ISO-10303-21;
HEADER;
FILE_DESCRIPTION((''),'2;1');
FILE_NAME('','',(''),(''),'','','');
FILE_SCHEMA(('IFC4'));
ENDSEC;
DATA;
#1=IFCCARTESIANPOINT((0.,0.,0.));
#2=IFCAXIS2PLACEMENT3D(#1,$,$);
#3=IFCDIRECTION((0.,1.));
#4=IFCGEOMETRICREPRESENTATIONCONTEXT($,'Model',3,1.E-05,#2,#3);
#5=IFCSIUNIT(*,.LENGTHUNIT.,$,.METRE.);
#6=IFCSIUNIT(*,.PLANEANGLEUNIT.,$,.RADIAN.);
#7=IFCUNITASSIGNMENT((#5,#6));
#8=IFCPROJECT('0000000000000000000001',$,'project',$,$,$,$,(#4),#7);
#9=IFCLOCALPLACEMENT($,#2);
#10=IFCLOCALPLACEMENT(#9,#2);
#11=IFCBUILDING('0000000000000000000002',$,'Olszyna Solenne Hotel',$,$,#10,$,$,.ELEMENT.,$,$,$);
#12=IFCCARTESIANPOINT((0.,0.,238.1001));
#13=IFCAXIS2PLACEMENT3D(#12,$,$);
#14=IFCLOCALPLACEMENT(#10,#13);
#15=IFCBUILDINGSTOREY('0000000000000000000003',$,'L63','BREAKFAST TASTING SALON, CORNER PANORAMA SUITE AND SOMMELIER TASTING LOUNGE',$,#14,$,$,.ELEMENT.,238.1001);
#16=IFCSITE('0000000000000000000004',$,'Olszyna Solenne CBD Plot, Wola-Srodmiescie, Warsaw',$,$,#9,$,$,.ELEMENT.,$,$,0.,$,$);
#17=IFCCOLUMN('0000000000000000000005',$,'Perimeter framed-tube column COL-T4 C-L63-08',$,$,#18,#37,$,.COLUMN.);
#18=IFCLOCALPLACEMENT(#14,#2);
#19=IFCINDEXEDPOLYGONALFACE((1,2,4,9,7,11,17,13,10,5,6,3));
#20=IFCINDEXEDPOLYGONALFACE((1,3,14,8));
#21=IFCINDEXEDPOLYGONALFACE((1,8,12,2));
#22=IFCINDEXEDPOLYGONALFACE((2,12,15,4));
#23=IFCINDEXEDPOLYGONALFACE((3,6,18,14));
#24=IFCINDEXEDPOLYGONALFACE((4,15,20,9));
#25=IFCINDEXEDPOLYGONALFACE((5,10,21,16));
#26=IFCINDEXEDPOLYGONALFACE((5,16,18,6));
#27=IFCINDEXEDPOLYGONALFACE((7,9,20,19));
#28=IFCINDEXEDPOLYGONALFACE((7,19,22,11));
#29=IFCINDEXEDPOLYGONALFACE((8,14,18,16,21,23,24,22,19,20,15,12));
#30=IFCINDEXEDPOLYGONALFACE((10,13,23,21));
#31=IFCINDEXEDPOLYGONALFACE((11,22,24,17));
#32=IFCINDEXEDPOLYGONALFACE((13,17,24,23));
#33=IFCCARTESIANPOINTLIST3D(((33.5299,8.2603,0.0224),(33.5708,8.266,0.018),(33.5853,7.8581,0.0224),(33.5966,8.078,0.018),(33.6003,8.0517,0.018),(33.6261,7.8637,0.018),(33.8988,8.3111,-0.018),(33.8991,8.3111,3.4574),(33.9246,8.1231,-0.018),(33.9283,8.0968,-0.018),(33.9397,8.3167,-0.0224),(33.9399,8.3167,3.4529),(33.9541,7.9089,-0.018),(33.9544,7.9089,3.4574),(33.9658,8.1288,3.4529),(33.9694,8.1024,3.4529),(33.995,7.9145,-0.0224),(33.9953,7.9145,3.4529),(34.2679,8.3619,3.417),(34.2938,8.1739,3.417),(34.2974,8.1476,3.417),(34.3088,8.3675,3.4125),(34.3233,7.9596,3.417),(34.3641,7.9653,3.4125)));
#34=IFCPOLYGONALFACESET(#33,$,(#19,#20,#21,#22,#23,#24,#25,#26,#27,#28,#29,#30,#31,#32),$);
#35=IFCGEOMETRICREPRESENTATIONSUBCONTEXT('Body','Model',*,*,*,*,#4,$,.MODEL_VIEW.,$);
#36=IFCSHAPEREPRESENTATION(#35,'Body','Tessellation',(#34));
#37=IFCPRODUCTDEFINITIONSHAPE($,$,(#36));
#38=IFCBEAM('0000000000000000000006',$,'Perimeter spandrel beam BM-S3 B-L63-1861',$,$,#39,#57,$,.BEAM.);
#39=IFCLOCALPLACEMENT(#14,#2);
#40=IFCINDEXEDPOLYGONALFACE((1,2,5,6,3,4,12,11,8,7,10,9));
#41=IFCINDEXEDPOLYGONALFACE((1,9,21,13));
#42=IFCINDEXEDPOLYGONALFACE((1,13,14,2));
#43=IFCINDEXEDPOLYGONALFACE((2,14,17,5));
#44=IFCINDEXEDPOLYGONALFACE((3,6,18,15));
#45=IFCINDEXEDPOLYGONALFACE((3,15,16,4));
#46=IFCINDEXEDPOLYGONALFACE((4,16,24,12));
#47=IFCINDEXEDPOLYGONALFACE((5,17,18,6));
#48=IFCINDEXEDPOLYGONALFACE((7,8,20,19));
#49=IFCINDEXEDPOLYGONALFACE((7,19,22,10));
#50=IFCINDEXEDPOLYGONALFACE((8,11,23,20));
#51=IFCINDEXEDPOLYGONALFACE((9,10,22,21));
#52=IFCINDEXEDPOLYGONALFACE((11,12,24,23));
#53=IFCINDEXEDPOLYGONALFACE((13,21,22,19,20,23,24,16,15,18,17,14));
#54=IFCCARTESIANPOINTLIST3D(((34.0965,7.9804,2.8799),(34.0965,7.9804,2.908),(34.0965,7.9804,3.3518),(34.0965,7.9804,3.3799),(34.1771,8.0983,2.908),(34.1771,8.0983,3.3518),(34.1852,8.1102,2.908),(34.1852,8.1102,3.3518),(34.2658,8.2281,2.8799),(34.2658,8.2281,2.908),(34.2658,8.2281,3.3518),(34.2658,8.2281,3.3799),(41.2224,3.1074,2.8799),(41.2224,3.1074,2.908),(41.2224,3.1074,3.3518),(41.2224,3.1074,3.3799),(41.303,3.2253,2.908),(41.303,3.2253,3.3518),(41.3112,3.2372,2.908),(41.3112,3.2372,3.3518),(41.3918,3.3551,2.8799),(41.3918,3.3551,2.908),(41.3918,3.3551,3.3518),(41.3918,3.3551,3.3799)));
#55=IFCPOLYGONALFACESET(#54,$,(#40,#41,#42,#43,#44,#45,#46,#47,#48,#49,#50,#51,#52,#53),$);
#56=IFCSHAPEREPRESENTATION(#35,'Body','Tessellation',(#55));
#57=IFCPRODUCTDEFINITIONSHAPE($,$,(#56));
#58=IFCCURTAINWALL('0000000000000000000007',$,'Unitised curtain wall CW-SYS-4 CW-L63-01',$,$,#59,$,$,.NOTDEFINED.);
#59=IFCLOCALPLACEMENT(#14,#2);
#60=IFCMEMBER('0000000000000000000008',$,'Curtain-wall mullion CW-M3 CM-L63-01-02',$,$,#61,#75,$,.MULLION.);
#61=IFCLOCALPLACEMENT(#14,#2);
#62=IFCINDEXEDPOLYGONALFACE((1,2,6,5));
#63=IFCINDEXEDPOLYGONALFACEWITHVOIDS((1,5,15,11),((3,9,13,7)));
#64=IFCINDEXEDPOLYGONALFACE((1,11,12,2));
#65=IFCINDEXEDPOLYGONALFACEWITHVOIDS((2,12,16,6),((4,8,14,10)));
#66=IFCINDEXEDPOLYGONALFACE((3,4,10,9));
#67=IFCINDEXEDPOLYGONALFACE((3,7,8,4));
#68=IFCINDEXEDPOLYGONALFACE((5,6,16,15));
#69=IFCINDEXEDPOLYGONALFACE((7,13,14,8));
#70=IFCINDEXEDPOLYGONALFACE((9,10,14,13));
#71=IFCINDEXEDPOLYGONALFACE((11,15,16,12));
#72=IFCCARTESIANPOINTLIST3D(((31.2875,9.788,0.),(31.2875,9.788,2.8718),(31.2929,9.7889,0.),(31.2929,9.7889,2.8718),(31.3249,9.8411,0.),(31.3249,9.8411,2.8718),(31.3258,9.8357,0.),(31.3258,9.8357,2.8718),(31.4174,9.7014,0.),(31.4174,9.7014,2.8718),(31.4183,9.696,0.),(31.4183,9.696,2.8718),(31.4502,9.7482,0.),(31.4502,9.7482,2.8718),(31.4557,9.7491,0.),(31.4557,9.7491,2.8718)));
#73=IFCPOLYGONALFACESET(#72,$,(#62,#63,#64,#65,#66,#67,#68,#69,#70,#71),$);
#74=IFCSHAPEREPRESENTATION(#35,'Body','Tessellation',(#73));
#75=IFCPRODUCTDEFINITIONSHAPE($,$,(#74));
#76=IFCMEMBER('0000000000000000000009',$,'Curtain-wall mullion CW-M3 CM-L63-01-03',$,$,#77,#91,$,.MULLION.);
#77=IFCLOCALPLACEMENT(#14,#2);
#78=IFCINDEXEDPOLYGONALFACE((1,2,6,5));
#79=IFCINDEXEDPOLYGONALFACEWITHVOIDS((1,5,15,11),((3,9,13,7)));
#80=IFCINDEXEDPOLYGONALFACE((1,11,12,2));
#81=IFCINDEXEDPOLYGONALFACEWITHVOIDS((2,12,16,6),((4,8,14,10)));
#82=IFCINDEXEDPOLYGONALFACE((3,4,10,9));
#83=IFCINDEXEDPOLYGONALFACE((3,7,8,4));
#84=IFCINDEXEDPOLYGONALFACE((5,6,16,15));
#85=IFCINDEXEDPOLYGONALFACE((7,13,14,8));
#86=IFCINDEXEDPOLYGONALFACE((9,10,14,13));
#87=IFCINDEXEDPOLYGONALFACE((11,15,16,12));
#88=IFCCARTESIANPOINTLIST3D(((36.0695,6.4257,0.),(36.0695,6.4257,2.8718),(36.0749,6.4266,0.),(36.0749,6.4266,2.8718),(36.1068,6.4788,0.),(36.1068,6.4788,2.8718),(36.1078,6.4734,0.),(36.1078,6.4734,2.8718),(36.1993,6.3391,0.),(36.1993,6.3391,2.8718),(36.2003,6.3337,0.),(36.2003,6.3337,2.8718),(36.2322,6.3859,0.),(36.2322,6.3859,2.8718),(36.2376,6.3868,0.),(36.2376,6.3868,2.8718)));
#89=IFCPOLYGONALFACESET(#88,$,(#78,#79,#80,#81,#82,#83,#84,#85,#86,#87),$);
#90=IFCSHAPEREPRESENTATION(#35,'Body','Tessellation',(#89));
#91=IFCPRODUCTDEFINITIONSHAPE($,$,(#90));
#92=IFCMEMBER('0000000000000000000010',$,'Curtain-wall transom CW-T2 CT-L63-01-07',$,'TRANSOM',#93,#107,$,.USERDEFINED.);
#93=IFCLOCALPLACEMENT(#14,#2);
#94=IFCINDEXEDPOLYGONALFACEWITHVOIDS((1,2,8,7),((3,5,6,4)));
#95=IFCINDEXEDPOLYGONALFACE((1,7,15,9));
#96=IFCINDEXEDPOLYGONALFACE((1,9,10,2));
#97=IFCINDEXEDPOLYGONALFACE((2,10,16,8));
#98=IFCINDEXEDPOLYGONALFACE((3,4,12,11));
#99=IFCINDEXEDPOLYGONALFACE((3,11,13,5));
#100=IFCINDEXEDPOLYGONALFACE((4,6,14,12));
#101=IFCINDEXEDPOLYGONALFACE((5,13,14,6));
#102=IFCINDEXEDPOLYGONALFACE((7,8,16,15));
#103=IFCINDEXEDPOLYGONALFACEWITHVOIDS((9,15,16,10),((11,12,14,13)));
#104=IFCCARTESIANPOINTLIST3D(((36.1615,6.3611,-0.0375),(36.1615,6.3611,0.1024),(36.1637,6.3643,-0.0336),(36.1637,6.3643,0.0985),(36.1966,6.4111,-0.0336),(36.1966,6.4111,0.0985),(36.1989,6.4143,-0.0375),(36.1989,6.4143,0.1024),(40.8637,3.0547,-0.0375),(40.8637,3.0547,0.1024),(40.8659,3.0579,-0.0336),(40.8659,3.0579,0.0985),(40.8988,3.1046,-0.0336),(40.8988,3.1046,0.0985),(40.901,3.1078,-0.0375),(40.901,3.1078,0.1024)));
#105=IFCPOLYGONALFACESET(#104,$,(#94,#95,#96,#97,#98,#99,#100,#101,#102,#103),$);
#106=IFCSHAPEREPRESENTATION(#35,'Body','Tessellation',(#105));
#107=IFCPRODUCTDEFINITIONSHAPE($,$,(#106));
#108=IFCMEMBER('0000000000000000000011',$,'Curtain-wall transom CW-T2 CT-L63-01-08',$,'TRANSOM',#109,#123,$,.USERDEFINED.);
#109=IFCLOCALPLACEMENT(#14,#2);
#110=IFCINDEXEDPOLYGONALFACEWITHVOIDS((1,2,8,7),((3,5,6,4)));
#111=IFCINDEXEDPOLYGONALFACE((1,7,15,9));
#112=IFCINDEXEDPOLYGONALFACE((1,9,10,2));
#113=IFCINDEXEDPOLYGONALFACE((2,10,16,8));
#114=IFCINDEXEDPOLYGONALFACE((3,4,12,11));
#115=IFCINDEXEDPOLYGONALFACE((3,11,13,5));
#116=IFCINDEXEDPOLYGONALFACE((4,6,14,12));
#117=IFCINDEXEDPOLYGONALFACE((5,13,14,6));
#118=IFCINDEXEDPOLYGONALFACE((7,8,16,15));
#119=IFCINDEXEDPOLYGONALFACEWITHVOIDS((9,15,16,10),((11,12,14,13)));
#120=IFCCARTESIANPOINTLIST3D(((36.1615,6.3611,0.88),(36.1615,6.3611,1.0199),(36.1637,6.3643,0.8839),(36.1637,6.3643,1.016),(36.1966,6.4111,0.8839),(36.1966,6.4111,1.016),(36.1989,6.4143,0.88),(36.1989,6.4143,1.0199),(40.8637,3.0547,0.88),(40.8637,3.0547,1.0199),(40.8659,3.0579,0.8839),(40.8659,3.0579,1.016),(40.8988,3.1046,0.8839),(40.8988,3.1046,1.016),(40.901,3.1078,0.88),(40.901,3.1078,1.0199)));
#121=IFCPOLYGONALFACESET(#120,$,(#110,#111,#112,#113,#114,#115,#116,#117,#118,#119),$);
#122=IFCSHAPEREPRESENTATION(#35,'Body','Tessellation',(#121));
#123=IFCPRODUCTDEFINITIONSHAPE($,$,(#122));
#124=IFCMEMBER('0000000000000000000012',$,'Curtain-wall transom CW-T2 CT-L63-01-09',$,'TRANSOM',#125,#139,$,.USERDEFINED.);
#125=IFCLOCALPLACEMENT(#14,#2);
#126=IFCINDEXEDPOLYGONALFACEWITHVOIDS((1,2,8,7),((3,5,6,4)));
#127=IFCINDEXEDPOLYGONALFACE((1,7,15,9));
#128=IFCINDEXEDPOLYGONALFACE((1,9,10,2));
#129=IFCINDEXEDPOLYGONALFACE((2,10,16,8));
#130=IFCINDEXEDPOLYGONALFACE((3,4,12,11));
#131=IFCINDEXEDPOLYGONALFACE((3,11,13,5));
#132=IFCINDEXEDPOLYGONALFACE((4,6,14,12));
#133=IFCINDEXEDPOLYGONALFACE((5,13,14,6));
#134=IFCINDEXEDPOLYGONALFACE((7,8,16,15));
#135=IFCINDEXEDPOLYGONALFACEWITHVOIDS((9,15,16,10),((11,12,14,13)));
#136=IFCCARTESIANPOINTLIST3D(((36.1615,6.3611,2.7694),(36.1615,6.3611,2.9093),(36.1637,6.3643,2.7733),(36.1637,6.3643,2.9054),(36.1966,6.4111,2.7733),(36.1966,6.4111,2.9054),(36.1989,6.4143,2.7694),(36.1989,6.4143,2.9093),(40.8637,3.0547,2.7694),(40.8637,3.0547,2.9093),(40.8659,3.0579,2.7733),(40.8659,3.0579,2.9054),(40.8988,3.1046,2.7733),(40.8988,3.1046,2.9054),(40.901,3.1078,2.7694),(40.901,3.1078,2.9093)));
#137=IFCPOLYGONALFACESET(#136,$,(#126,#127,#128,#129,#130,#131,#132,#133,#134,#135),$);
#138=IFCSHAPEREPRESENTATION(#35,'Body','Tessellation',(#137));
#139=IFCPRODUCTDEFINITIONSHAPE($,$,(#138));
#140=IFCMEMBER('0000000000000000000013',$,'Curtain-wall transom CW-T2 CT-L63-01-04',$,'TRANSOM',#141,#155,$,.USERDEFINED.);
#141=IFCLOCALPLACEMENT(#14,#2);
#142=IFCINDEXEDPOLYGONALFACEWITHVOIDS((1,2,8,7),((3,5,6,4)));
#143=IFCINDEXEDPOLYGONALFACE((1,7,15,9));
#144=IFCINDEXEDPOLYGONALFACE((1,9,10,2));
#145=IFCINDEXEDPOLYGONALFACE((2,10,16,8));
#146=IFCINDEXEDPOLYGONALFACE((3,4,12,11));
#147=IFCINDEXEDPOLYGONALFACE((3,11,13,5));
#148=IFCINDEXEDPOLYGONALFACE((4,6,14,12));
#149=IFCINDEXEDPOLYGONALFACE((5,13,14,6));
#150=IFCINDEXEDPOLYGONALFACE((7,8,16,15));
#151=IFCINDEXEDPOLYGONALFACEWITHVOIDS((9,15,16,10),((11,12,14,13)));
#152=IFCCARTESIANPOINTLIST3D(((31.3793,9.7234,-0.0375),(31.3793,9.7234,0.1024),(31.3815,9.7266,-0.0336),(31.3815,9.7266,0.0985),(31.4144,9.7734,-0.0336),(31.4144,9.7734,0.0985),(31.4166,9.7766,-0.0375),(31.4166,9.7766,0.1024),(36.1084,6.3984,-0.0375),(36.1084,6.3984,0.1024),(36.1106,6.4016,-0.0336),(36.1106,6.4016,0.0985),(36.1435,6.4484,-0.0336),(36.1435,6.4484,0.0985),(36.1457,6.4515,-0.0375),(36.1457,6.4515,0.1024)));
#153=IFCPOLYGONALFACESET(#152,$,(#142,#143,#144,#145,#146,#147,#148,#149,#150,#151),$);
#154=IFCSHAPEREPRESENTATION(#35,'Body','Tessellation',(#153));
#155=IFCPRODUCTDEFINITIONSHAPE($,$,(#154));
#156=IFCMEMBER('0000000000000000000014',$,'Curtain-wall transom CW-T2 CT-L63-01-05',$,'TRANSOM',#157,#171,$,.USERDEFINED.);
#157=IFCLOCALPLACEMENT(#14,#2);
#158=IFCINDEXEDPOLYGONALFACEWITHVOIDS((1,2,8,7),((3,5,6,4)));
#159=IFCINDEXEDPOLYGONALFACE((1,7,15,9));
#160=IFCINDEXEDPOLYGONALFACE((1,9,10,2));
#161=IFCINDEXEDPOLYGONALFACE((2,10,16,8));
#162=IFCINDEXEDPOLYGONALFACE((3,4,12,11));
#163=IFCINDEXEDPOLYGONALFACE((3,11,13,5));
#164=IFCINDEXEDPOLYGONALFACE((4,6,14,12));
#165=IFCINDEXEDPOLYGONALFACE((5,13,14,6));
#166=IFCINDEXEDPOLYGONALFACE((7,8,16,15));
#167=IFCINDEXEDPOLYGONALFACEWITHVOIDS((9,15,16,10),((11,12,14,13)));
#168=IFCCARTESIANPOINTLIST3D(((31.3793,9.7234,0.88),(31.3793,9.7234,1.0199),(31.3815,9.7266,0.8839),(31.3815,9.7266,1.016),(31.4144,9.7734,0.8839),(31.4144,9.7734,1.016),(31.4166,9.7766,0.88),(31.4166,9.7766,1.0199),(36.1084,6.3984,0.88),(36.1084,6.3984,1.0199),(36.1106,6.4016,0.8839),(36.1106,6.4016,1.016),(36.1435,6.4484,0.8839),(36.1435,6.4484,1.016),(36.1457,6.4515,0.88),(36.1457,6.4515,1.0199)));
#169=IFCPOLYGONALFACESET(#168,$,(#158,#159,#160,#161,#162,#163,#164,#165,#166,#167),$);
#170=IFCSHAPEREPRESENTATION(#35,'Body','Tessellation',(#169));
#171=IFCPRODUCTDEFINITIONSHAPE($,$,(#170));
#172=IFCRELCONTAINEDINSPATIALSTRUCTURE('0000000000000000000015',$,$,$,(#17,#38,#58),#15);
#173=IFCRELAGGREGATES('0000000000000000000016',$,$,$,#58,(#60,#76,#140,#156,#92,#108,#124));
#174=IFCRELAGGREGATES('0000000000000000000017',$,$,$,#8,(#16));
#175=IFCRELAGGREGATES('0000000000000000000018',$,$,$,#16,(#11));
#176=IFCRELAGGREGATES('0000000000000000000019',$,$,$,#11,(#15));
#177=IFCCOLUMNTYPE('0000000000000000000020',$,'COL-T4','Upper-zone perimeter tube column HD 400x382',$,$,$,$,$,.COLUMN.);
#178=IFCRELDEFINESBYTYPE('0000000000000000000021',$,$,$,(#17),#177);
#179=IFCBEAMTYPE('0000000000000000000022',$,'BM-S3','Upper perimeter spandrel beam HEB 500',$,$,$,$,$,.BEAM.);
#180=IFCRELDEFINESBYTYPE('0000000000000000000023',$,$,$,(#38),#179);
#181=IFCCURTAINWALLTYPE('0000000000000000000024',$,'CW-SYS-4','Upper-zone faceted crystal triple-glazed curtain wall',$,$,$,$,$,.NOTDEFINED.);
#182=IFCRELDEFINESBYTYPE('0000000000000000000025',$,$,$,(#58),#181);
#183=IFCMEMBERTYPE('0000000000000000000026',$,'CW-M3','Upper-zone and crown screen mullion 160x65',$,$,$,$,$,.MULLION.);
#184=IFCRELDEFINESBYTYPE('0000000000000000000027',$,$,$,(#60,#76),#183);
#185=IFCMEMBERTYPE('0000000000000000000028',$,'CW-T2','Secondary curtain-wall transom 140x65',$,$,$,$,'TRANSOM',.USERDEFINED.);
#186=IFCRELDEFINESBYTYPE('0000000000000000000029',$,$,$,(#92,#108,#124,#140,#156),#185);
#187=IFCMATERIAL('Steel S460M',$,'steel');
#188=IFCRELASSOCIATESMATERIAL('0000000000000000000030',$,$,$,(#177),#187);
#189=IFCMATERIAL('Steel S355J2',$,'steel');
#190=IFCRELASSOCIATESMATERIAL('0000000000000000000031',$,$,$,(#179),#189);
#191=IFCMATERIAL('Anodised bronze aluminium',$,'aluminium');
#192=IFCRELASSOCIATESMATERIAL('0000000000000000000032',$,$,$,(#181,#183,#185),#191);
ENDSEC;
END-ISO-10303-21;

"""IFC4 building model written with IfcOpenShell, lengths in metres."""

from ifc_helpers import new_model, si_unit, direction, frame, origin, origin_2d, place, context, subcontext, project, spatial, hollow_rectangle, i_section, extrude, source, transform, mapped, material, material_profile, profile_set, type_object, element, aggregate, save


model = new_model("IFC4")

# Units and contexts
model_context = context("Model", 3, precision=1e-05, world=origin(), true_north=direction((0.0, 1.0)))
body_context = subcontext(model_context, "Body", "Model", "MODEL_VIEW")
ifc_project = project(units=[si_unit("LENGTHUNIT", "METRE"), si_unit("PLANEANGLEUNIT", "RADIAN")], contexts=[model_context])

# Site, building, storey
site_placement = place(None, origin())
site = spatial("IfcSite", under=ifc_project, at=site_placement, Name="Olszyna Solenne CBD Plot, Wola-Srodmiescie, Warsaw", CompositionType="ELEMENT", RefElevation=0.0)
building_placement = place(site_placement, origin())
building = spatial("IfcBuilding", under=site, at=building_placement, Name="Olszyna Solenne Hotel", CompositionType="ELEMENT")
storey_placement = place(building_placement, frame((0.0, 0.0, 238.1001)))
storey = spatial("IfcBuildingStorey", under=building, at=storey_placement, Name="L63", Description="BREAKFAST TASTING SALON, CORNER PANORAMA SUITE AND SOMMELIER TASTING LOUNGE", CompositionType="ELEMENT", Elevation=238.1001)

# Column
ifc_material_1 = material(Name="Steel S460M", Category="steel")
ifc_material_profile_1 = material_profile(ifc_material_1, i_section(OverallWidth=0.406, OverallDepth=0.416, WebThickness=0.0266, FlangeThickness=0.0415, at=origin_2d()), Name="HD 400x382", Category="load-bearing")
ifc_profile_set_1 = profile_set([ifc_material_profile_1], Name="Steel S460M")
column_type = type_object("IfcColumnType", Name="COL-T4", Description="Upper-zone perimeter tube column HD 400x382", PredefinedType="COLUMN", material=ifc_profile_set_1)
shared_shape_1 = source(origin(), body_context, "Body", "SweptSolid", [
    extrude(i_section(OverallWidth=0.406, OverallDepth=0.416, WebThickness=0.0266, FlangeThickness=0.0415, at=origin_2d()), origin(), (0.0, 0.0, 1.0), 3.4551),
])
column_placement = place(storey_placement, frame((33.7625, 8.0874, 0.0), z_axis=(0.106843, 0.014698, 0.994167), x_axis=(-0.136283, 0.99067, 0.0)))
element("IfcColumn", 1, at=column_placement, inside=storey, type_object=column_type, Name="Perimeter framed-tube column COL-T4 C-L63-08", PredefinedType="COLUMN", context=body_context, shape_type="MappedRepresentation", body=[
    mapped(shared_shape_1, transform((0.0, 0.0, 0.0), x_axis=(1.0, 0.0, 0.0), y_axis=(0.0, 1.0, 0.0), z_axis=(0.0, 0.0, 1.0), scale=1.0)),
])

# Beam
ifc_material_2 = material(Name="Steel S355J2", Category="steel")
ifc_material_profile_2 = material_profile(ifc_material_2, i_section(OverallWidth=0.3, OverallDepth=0.5, WebThickness=0.0144, FlangeThickness=0.0281, at=origin_2d()), Name="HEB 500", Category="load-bearing")
ifc_profile_set_2 = profile_set([ifc_material_profile_2], Name="Steel S355J2")
beam_type_1 = type_object("IfcBeamType", Name="BM-S3", Description="Upper perimeter spandrel beam HEB 500", PredefinedType="BEAM", material=ifc_profile_set_2)
shared_shape_2 = source(origin(), body_context, "Body", "SweptSolid", [
    extrude(i_section(OverallWidth=0.3, OverallDepth=0.5, WebThickness=0.0144, FlangeThickness=0.0281, at=origin_2d()), origin(), (0.0, 0.0, 1.0), 8.6328),
])
beam_1_placement = place(storey_placement, frame((34.1812, 8.1042, 3.1299), z_axis=(0.825449, -0.564477, 0.0), x_axis=(0.564477, 0.825449, 0.0)))
element("IfcBeam", 2, at=beam_1_placement, inside=storey, type_object=beam_type_1, Name="Perimeter spandrel beam BM-S3 B-L63-1861", PredefinedType="BEAM", context=body_context, shape_type="MappedRepresentation", body=[
    mapped(shared_shape_2, transform((0.0, 0.0, 0.0), x_axis=(1.0, 0.0, 0.0), y_axis=(0.0, 1.0, 0.0), z_axis=(0.0, 0.0, 1.0), scale=1.0)),
])

# Curtain wall, members
ifc_material_3 = material(Name="Anodised bronze aluminium", Category="aluminium")
curtain_wall_type = type_object("IfcCurtainWallType", Name="CW-SYS-4", Description="Upper-zone faceted crystal triple-glazed curtain wall", PredefinedType="NOTDEFINED", material=ifc_material_3)
curtain_wall_placement = place(storey_placement, origin())
curtain_wall = element("IfcCurtainWall", 3, at=curtain_wall_placement, inside=storey, type_object=curtain_wall_type, Name="Unitised curtain wall CW-SYS-4 CW-L63-01", PredefinedType="NOTDEFINED")
ifc_material_profile_3 = material_profile(ifc_material_3, hollow_rectangle(XDim=0.0649, YDim=0.1599, WallThickness=0.0039, at=origin_2d()), Name="MULL 160x65x4", Category="load-bearing")
ifc_profile_set_3 = profile_set([ifc_material_profile_3], Name="Anodised bronze aluminium")
member_type_1 = type_object("IfcMemberType", Name="CW-M3", Description="Upper-zone and crown screen mullion 160x65", PredefinedType="MULLION", material=ifc_profile_set_3)
shared_shape_3 = source(origin(), body_context, "Body", "SweptSolid", [
    extrude(hollow_rectangle(XDim=0.0649, YDim=0.1599, WallThickness=0.0039, at=origin_2d()), origin(), (0.0, 0.0, 1.0), 2.8718),
])
member_1_placement = place(storey_placement, frame((31.3716, 9.7686, 0.0), z_axis=(0.0, 0.0, 1.0), x_axis=(0.575174, 0.818031, 0.0)))
member_1 = element("IfcMember", 4, at=member_1_placement, type_object=member_type_1, Name="Curtain-wall mullion CW-M3 CM-L63-01-02", PredefinedType="MULLION", context=body_context, shape_type="MappedRepresentation", body=[
    mapped(shared_shape_3, transform((0.0, 0.0, 0.0), x_axis=(1.0, 0.0, 0.0), y_axis=(0.0, 1.0, 0.0), z_axis=(0.0, 0.0, 1.0), scale=1.0)),
])
member_2_placement = place(storey_placement, frame((36.1536, 6.4062, 0.0), z_axis=(0.0, 0.0, 1.0), x_axis=(0.575174, 0.818031, 0.0)))
member_2 = element("IfcMember", 5, at=member_2_placement, type_object=member_type_1, Name="Curtain-wall mullion CW-M3 CM-L63-01-03", PredefinedType="MULLION", context=body_context, shape_type="MappedRepresentation", body=[
    mapped(shared_shape_3, transform((0.0, 0.0, 0.0), x_axis=(1.0, 0.0, 0.0), y_axis=(0.0, 1.0, 0.0), z_axis=(0.0, 0.0, 1.0), scale=1.0)),
])
ifc_material_profile_4 = material_profile(ifc_material_3, hollow_rectangle(XDim=0.0649, YDim=0.1399, WallThickness=0.0039, at=origin_2d()), Name="TRAN 140x65x4", Category="load-bearing")
ifc_profile_set_4 = profile_set([ifc_material_profile_4], Name="Anodised bronze aluminium")
member_type_2 = type_object("IfcMemberType", Name="CW-T2", Description="Secondary curtain-wall transom 140x65", ElementType="TRANSOM", PredefinedType="USERDEFINED", material=ifc_profile_set_4)
shared_shape_4 = source(origin(), body_context, "Body", "SweptSolid", [
    extrude(hollow_rectangle(XDim=0.0649, YDim=0.1399, WallThickness=0.0039, at=origin_2d()), origin(), (0.0, 0.0, 1.0), 5.7483),
])
member_3_placement = place(storey_placement, frame((36.1802, 6.3877, 0.0325), z_axis=(0.818013, -0.5752, 0.0), x_axis=(0.5752, 0.818013, 0.0)))
member_3 = element("IfcMember", 6, at=member_3_placement, type_object=member_type_2, Name="Curtain-wall transom CW-T2 CT-L63-01-07", ObjectType="TRANSOM", PredefinedType="USERDEFINED", context=body_context, shape_type="MappedRepresentation", body=[
    mapped(shared_shape_4, transform((0.0, 0.0, 0.0), x_axis=(1.0, 0.0, 0.0), y_axis=(0.0, 1.0, 0.0), z_axis=(0.0, 0.0, 1.0), scale=1.0)),
])
member_4_placement = place(storey_placement, frame((36.1802, 6.3877, 0.95), z_axis=(0.818013, -0.5752, 0.0), x_axis=(0.5752, 0.818013, 0.0)))
member_4 = element("IfcMember", 7, at=member_4_placement, type_object=member_type_2, Name="Curtain-wall transom CW-T2 CT-L63-01-08", ObjectType="TRANSOM", PredefinedType="USERDEFINED", context=body_context, shape_type="MappedRepresentation", body=[
    mapped(shared_shape_4, transform((0.0, 0.0, 0.0), x_axis=(1.0, 0.0, 0.0), y_axis=(0.0, 1.0, 0.0), z_axis=(0.0, 0.0, 1.0), scale=1.0)),
])
member_5_placement = place(storey_placement, frame((36.1802, 6.3877, 2.8394), z_axis=(0.818013, -0.5752, 0.0), x_axis=(0.5752, 0.818013, 0.0)))
member_5 = element("IfcMember", 8, at=member_5_placement, type_object=member_type_2, Name="Curtain-wall transom CW-T2 CT-L63-01-09", ObjectType="TRANSOM", PredefinedType="USERDEFINED", context=body_context, shape_type="MappedRepresentation", body=[
    mapped(shared_shape_4, transform((0.0, 0.0, 0.0), x_axis=(1.0, 0.0, 0.0), y_axis=(0.0, 1.0, 0.0), z_axis=(0.0, 0.0, 1.0), scale=1.0)),
])
shared_shape_5 = source(origin(), body_context, "Body", "SweptSolid", [
    extrude(hollow_rectangle(XDim=0.0649, YDim=0.1399, WallThickness=0.0039, at=origin_2d()), origin(), (0.0, 0.0, 1.0), 5.781),
])
member_6_placement = place(storey_placement, frame((31.3979, 9.75, 0.0325), z_axis=(0.81804, -0.575162, 0.0), x_axis=(0.575162, 0.81804, 0.0)))
member_6 = element("IfcMember", 9, at=member_6_placement, type_object=member_type_2, Name="Curtain-wall transom CW-T2 CT-L63-01-04", ObjectType="TRANSOM", PredefinedType="USERDEFINED", context=body_context, shape_type="MappedRepresentation", body=[
    mapped(shared_shape_5, transform((0.0, 0.0, 0.0), x_axis=(1.0, 0.0, 0.0), y_axis=(0.0, 1.0, 0.0), z_axis=(0.0, 0.0, 1.0), scale=1.0)),
])
member_7_placement = place(storey_placement, frame((31.3979, 9.75, 0.95), z_axis=(0.81804, -0.575162, 0.0), x_axis=(0.575162, 0.81804, 0.0)))
member_7 = element("IfcMember", 10, at=member_7_placement, type_object=member_type_2, Name="Curtain-wall transom CW-T2 CT-L63-01-05", ObjectType="TRANSOM", PredefinedType="USERDEFINED", context=body_context, shape_type="MappedRepresentation", body=[
    mapped(shared_shape_5, transform((0.0, 0.0, 0.0), x_axis=(1.0, 0.0, 0.0), y_axis=(0.0, 1.0, 0.0), z_axis=(0.0, 0.0, 1.0), scale=1.0)),
])

aggregate(curtain_wall, [member_1, member_2, member_6, member_7, member_3, member_4, member_5])

save(model, "model.ifc")
